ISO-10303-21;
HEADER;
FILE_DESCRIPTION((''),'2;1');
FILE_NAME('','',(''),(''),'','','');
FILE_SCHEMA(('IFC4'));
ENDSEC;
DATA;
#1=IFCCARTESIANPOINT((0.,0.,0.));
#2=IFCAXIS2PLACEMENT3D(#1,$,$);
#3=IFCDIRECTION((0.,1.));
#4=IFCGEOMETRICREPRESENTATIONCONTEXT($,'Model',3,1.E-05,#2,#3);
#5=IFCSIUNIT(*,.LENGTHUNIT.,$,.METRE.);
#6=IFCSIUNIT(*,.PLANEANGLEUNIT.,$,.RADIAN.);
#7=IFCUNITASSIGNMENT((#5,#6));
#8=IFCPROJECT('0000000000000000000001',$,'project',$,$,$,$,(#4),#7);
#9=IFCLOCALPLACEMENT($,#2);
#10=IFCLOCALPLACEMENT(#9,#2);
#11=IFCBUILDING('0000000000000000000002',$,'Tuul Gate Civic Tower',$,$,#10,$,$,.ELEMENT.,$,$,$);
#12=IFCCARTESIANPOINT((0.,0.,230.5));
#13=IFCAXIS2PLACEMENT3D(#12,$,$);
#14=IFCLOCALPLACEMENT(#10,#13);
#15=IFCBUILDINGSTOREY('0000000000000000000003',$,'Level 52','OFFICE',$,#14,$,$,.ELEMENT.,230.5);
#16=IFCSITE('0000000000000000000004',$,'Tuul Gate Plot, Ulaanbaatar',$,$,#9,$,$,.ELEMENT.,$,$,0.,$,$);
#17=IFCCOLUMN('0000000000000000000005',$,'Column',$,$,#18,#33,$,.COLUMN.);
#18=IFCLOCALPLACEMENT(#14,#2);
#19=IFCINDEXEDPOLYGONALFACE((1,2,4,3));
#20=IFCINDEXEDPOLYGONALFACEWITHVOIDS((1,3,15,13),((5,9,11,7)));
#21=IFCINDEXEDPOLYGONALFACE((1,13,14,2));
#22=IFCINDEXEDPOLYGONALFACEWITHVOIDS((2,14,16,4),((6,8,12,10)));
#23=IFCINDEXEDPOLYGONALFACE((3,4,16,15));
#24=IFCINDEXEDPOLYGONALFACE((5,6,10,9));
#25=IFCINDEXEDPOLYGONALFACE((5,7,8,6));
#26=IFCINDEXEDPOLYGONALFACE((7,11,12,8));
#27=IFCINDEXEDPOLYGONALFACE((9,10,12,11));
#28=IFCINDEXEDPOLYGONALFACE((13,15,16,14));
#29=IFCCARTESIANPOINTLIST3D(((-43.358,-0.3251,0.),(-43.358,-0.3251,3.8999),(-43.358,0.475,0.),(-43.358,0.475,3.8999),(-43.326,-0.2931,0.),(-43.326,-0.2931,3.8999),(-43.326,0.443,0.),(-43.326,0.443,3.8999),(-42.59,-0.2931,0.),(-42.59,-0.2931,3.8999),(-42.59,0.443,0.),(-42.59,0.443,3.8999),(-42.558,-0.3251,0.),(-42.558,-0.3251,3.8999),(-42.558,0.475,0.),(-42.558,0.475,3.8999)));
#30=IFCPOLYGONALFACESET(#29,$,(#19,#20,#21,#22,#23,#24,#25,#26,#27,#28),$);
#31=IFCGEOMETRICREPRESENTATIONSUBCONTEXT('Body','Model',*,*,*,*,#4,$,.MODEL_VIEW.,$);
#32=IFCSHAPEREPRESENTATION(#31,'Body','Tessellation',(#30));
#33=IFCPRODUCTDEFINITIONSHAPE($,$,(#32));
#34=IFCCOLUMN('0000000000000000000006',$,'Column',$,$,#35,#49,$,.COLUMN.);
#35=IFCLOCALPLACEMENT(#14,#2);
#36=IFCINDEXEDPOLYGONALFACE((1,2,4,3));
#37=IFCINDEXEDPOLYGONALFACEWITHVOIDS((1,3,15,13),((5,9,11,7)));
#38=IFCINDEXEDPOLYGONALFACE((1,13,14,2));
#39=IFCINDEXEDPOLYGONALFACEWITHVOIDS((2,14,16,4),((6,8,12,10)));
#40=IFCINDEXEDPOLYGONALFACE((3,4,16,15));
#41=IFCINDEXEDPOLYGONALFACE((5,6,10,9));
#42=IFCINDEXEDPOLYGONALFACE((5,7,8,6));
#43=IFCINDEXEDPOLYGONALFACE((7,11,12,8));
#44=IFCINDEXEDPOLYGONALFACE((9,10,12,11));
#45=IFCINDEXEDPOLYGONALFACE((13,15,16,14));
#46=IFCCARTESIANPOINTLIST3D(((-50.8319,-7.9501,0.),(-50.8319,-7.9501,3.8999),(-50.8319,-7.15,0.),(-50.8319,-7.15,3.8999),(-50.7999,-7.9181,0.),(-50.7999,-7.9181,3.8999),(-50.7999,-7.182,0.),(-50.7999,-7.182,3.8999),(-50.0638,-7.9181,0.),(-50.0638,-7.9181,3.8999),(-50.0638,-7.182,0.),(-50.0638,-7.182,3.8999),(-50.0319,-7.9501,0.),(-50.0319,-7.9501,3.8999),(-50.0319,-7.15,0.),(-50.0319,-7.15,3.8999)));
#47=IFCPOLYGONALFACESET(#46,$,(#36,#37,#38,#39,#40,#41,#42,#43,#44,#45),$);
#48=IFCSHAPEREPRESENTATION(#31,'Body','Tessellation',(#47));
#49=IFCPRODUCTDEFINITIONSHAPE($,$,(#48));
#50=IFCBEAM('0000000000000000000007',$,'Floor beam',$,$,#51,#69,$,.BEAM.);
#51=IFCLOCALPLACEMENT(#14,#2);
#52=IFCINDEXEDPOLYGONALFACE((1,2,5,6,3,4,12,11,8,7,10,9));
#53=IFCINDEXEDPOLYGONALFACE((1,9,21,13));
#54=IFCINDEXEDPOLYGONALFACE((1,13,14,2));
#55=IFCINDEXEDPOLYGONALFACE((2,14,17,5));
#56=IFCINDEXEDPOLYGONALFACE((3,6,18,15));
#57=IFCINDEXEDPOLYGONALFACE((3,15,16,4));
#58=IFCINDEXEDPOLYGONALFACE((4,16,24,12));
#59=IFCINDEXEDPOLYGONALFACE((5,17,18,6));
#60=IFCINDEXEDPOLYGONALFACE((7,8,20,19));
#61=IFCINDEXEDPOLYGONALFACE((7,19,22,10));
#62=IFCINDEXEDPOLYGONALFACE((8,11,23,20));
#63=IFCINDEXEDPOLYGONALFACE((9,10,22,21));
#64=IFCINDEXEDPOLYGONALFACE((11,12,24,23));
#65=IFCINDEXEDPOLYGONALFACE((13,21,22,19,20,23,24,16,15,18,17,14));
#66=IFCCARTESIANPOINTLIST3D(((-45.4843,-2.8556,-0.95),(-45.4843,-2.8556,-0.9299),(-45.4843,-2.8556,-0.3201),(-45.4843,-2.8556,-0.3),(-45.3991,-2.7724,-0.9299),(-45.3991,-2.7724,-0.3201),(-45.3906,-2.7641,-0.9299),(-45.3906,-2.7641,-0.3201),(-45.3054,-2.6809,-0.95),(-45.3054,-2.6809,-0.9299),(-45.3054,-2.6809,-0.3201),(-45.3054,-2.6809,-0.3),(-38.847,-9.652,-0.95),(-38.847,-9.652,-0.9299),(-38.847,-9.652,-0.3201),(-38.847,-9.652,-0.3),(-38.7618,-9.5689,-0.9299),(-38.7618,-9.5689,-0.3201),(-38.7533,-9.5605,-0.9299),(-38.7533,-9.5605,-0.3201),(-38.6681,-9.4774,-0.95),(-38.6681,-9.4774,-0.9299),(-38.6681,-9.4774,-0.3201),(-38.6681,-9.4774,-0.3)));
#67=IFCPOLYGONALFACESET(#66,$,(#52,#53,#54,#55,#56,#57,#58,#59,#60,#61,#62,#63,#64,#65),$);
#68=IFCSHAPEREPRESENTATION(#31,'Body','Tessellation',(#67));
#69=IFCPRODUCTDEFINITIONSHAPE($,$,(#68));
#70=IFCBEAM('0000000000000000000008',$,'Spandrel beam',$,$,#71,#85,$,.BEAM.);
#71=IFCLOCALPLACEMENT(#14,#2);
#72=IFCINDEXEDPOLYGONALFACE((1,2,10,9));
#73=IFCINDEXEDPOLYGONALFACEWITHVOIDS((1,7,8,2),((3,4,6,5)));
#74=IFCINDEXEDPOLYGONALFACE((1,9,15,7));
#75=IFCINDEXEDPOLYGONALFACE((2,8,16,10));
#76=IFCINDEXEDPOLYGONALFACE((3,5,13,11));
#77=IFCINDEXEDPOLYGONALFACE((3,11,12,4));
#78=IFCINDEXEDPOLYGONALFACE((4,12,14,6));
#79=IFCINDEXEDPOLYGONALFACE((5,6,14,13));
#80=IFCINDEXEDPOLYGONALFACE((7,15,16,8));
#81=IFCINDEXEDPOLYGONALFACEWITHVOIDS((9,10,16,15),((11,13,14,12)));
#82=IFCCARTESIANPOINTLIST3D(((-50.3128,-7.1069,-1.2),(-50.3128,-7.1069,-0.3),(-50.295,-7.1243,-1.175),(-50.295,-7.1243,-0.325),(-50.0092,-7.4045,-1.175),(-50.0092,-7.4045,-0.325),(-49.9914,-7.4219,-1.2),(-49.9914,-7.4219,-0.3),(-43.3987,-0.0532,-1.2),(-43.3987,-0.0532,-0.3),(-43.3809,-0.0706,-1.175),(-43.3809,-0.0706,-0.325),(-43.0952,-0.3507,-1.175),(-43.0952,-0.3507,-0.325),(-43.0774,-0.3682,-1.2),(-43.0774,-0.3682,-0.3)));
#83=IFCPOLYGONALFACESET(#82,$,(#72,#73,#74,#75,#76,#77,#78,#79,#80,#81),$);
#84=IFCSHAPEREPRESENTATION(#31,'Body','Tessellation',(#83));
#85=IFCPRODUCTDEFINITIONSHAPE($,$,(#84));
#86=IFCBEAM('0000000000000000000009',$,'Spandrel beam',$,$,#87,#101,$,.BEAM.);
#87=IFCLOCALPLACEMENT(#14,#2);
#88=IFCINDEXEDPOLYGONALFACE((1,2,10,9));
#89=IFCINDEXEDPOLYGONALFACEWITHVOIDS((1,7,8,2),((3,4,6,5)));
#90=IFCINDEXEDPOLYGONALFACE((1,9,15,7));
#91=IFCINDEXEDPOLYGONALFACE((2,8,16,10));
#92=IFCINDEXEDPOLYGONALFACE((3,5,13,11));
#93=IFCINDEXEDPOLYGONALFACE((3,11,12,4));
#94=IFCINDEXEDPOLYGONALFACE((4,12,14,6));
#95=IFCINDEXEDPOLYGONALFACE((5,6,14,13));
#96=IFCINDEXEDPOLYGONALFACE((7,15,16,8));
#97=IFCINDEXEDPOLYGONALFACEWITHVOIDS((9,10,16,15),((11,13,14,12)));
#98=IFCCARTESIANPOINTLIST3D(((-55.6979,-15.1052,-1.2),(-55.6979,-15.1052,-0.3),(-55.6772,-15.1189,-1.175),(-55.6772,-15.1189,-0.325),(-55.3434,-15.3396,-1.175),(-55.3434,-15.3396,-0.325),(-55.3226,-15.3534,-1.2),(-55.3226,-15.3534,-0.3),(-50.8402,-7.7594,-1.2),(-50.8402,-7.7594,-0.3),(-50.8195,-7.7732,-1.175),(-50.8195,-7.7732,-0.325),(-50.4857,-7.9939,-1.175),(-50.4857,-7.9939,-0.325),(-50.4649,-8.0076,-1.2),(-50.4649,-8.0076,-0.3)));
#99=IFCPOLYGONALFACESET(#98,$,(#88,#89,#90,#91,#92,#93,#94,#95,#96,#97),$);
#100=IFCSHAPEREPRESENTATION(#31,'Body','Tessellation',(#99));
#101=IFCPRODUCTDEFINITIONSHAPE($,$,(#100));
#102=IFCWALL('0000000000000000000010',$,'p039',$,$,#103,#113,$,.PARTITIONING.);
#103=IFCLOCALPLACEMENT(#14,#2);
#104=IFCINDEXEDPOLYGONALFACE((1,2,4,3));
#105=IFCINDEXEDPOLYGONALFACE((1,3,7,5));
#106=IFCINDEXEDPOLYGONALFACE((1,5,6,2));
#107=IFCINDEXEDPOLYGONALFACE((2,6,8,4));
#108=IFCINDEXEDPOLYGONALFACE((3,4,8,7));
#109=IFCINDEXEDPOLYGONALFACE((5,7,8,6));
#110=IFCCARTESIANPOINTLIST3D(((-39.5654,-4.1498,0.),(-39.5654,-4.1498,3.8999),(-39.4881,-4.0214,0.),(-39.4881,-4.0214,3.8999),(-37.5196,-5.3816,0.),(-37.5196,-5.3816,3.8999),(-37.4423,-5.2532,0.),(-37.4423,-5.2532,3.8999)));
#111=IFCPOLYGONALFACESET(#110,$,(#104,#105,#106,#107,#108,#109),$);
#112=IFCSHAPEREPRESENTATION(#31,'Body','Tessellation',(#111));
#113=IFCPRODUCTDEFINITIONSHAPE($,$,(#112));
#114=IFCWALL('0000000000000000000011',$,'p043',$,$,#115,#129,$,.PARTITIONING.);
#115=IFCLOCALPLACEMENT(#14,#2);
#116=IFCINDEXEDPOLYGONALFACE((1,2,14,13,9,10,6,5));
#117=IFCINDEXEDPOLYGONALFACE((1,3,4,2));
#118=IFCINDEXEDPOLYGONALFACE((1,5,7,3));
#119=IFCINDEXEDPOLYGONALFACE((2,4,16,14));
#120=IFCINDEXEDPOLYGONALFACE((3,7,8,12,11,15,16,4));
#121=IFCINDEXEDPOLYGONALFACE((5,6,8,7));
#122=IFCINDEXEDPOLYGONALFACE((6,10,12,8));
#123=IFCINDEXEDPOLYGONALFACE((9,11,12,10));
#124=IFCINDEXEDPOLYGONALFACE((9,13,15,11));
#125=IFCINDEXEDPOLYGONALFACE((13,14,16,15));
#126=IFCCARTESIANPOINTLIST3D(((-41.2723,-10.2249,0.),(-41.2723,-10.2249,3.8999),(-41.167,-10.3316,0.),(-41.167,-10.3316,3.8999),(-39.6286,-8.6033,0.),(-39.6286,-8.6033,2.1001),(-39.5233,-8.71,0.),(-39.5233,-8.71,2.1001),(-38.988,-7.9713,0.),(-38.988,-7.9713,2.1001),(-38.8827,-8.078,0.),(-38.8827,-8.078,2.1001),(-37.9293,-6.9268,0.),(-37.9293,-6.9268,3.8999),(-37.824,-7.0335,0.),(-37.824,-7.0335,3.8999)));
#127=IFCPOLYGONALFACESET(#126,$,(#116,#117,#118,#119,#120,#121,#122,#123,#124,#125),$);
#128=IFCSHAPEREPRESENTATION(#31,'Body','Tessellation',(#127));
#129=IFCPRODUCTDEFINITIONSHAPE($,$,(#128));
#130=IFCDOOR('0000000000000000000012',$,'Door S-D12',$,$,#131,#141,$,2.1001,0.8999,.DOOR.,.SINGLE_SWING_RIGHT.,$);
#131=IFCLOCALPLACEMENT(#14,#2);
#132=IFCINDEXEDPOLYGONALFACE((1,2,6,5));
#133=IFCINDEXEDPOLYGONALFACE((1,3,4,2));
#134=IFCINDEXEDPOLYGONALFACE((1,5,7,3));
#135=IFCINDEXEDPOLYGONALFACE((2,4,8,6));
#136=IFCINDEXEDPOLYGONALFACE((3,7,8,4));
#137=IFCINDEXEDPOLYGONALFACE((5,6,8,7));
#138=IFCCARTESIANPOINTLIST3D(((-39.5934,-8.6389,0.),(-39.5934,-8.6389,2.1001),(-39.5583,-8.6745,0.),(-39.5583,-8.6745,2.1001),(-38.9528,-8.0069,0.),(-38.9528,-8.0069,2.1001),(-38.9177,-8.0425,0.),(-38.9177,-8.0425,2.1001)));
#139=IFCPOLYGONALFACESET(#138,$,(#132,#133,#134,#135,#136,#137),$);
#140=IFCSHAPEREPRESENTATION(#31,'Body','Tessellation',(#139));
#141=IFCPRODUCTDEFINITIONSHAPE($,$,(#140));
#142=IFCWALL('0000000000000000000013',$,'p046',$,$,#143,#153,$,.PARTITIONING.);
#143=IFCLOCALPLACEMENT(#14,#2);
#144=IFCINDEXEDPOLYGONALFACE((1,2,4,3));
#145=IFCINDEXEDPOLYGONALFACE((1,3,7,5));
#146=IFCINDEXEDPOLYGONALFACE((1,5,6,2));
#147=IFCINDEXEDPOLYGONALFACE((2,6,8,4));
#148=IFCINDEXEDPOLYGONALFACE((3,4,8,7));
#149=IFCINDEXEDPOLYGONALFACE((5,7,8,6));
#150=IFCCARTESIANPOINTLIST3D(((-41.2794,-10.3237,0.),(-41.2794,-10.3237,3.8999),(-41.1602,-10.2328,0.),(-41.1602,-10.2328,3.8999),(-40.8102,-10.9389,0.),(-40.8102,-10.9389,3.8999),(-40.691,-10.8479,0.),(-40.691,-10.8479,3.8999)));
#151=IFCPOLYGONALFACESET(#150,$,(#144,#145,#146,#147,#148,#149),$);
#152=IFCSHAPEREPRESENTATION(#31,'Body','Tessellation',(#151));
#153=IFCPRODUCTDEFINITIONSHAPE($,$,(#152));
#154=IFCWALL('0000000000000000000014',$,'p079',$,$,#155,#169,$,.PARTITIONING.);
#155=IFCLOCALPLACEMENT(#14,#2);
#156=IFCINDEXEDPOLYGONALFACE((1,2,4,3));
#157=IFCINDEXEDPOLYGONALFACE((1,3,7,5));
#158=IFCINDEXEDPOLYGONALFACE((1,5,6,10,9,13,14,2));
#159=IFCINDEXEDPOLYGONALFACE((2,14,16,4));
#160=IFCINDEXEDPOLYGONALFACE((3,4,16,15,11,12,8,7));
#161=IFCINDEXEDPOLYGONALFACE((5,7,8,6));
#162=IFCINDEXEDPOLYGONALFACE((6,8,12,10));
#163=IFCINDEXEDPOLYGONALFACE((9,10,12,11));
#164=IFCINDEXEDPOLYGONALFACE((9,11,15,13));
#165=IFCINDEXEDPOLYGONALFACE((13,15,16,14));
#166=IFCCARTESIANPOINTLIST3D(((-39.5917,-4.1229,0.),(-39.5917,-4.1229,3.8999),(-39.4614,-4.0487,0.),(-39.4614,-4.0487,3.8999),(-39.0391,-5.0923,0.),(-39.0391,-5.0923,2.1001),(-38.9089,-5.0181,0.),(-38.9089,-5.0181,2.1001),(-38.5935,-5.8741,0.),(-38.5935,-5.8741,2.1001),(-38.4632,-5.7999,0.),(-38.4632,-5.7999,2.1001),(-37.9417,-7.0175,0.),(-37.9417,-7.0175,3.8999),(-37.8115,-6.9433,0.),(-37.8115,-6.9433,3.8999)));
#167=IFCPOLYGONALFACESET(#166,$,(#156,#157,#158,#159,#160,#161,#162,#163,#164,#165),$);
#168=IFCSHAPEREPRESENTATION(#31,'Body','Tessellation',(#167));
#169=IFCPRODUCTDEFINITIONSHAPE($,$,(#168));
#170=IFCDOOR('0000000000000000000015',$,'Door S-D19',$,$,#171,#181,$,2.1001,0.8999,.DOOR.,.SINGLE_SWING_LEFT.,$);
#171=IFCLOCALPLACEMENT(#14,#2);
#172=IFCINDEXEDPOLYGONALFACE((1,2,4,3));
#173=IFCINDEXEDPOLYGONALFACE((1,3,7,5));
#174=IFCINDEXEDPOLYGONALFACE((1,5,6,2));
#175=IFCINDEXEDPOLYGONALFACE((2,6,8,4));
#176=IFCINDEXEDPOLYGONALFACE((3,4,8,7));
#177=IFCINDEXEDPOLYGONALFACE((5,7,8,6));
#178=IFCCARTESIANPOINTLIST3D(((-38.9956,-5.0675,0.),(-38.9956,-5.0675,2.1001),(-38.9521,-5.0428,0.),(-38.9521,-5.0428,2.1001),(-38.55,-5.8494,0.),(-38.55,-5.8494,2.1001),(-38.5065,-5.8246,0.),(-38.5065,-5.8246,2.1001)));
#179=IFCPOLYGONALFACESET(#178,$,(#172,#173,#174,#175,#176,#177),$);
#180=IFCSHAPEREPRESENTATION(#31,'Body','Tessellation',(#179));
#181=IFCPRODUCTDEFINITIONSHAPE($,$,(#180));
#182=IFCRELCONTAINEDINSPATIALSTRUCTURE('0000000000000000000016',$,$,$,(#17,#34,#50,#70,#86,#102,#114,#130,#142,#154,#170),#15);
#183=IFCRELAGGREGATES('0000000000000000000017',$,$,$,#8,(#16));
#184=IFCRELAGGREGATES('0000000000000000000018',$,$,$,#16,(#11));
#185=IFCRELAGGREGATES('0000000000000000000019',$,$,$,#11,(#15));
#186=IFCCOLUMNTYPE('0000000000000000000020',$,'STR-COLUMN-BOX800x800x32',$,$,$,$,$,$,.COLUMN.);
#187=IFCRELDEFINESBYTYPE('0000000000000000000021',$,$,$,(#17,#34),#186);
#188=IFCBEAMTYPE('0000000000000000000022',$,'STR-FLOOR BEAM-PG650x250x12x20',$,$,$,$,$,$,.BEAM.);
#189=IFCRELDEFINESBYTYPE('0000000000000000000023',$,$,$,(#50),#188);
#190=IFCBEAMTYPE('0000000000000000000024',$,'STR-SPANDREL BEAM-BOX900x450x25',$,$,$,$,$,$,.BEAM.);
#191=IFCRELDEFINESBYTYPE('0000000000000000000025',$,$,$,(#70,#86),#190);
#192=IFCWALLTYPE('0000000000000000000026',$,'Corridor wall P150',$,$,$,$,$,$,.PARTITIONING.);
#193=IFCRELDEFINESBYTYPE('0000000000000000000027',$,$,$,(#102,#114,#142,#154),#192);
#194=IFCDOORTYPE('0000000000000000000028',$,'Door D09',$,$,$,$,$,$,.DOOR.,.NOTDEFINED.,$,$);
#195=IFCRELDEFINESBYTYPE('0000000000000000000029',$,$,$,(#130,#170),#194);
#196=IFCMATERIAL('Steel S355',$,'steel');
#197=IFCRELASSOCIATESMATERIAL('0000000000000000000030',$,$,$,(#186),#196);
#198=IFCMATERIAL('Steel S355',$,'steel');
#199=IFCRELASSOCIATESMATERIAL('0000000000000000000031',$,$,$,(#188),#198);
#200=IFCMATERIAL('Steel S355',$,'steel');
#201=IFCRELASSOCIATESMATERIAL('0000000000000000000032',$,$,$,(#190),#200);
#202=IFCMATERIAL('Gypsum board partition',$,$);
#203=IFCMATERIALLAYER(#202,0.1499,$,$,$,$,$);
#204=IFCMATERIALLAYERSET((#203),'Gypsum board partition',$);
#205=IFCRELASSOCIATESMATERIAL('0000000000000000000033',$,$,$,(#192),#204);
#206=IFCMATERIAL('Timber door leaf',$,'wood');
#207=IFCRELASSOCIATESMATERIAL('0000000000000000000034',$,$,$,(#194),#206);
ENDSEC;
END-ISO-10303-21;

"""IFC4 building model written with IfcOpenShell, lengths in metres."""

from ifc_helpers import new_model, si_unit, direction, frame, frame_2d, origin, origin_2d, place, context, subcontext, project, spatial, rectangle, hollow_rectangle, i_section, extrude, material, layer, layer_set, material_profile, profile_set, type_object, element, fill, save


model = new_model("IFC4")

# Units and contexts
model_context = context("Model", 3, precision=1e-05, world=origin(), true_north=direction((0.0, 1.0)))
body_context = subcontext(model_context, "Body", "Model", "MODEL_VIEW")
ifc_project = project(units=[si_unit("LENGTHUNIT", "METRE"), si_unit("PLANEANGLEUNIT", "RADIAN")], contexts=[model_context])

# Site, building, storey
site_placement = place(None, origin())
site = spatial("IfcSite", under=ifc_project, at=site_placement, Name="Tuul Gate Plot, Ulaanbaatar", CompositionType="ELEMENT", RefElevation=0.0)
building_placement = place(site_placement, origin())
building = spatial("IfcBuilding", under=site, at=building_placement, Name="Tuul Gate Civic Tower", CompositionType="ELEMENT")
storey_placement = place(building_placement, frame((0.0, 0.0, 230.5)))
storey = spatial("IfcBuildingStorey", under=building, at=storey_placement, Name="Level 52", Description="OFFICE", CompositionType="ELEMENT", Elevation=230.5)

# Columns
ifc_material_1 = material(Name="Steel S355", Category="steel")
ifc_material_profile_1 = material_profile(ifc_material_1, hollow_rectangle(XDim=0.8, YDim=0.8, WallThickness=0.032, at=origin_2d()), Name="BOX800x800x32")
ifc_profile_set_1 = profile_set([ifc_material_profile_1], Name="Steel S355")
column_type = type_object("IfcColumnType", Name="STR-COLUMN-BOX800x800x32", PredefinedType="COLUMN", material=ifc_profile_set_1)
for number, where, z_axis, x_axis, name in (
    (1, (-42.958, 0.075, 0.0), (0.0, 0.0, 1.0), (1.0, 0.0, 0.0), "Column"),
    (2, (-50.4319, -7.55, 0.0), (0.0, 0.0, 1.0), (1.0, 0.0, 0.0), "Column"),
):
    element("IfcColumn", number, at=place(storey_placement, frame(where, z_axis=z_axis, x_axis=x_axis)), inside=storey, type_object=column_type, Name=name, PredefinedType="COLUMN", context=body_context, shape_type="SweptSolid", body=[
        extrude(hollow_rectangle(XDim=0.8, YDim=0.8, WallThickness=0.032, at=origin_2d()), origin(), (0.0, 0.0, 1.0), 3.8999),
    ])

# Beams
ifc_material_2 = material(Name="Steel S355", Category="steel")
ifc_material_profile_2 = material_profile(ifc_material_2, i_section(OverallWidth=0.25, OverallDepth=0.6499, WebThickness=0.012, FlangeThickness=0.02, at=origin_2d()), Name="PG650x250x12x20")
ifc_profile_set_2 = profile_set([ifc_material_profile_2], Name="Steel S355")
beam_type_1 = type_object("IfcBeamType", Name="STR-FLOOR BEAM-PG650x250x12x20", PredefinedType="BEAM", material=ifc_profile_set_2)
beam_1_placement = place(storey_placement, frame((-38.7576, -9.5647, -0.625), z_axis=(-0.698679, 0.715435, 0.0), x_axis=(-0.715435, -0.698679, 0.0)))
element("IfcBeam", 3, at=beam_1_placement, inside=storey, type_object=beam_type_1, Name="Floor beam", PredefinedType="BEAM", context=body_context, shape_type="SweptSolid", body=[
    extrude(i_section(OverallWidth=0.25, OverallDepth=0.6499, WebThickness=0.012, FlangeThickness=0.02, at=origin_2d()), origin(), (0.0, 0.0, 1.0), 9.4998),
])
ifc_material_3 = material(Name="Steel S355", Category="steel")
ifc_material_profile_3 = material_profile(ifc_material_3, hollow_rectangle(XDim=0.45, YDim=0.8999, WallThickness=0.0249, at=origin_2d()), Name="BOX900x450x25")
ifc_profile_set_3 = profile_set([ifc_material_profile_3], Name="Steel S355")
beam_type_2 = type_object("IfcBeamType", Name="STR-SPANDREL BEAM-BOX900x450x25", PredefinedType="BEAM", material=ifc_profile_set_3)
beam_2_placement = place(storey_placement, frame((-43.238, -0.2107, -0.75), z_axis=(-0.700002, -0.714141, 0.0), x_axis=(0.714141, -0.700002, 0.0)))
element("IfcBeam", 4, at=beam_2_placement, inside=storey, type_object=beam_type_2, Name="Spandrel beam", PredefinedType="BEAM", context=body_context, shape_type="SweptSolid", body=[
    extrude(hollow_rectangle(XDim=0.45, YDim=0.8999, WallThickness=0.0249, at=origin_2d()), origin(), (0.0, 0.0, 1.0), 9.8772),
])
beam_3_placement = place(storey_placement, frame((-50.6526, -7.8835, -0.75), z_axis=(-0.551594, -0.834113, 0.0), x_axis=(0.834113, -0.551594, 0.0)))
element("IfcBeam", 5, at=beam_3_placement, inside=storey, type_object=beam_type_2, Name="Spandrel beam", PredefinedType="BEAM", context=body_context, shape_type="SweptSolid", body=[
    extrude(hollow_rectangle(XDim=0.45, YDim=0.8999, WallThickness=0.0249, at=origin_2d()), origin(), (0.0, 0.0, 1.0), 8.8066),
])

# Wall
ifc_material_4 = material(Name="Gypsum board partition")
ifc_layer_1 = layer(ifc_material_4, 0.1499)
ifc_layer_set_1 = layer_set([ifc_layer_1], Name="Gypsum board partition")
wall_type_1 = type_object("IfcWallType", Name="Corridor wall P150", PredefinedType="PARTITIONING", material=ifc_layer_set_1)
wall_1_placement = place(storey_placement, frame((-39.5266, -4.0857, 0.0), z_axis=(0.0, 0.0, 1.0), x_axis=(0.856698, -0.515818, 0.0)))
element("IfcWall", 6, at=wall_1_placement, inside=storey, type_object=wall_type_1, Name="p039", PredefinedType="PARTITIONING", context=body_context, shape_type="SweptSolid", body=[
    extrude(rectangle(XDim=2.3879, YDim=0.1499, at=frame_2d((1.1938, 0.0))), origin(), (0.0, 0.0, 1.0), 3.8999),
])

# Wall, opening, door
wall_2_placement = place(storey_placement, frame((-41.2197, -10.2783, 0.0), z_axis=(0.0, 0.0, 1.0), x_axis=(0.711874, 0.702308, 0.0)))
wall_2 = element("IfcWall", 7, at=wall_2_placement, inside=storey, type_object=wall_type_1, Name="p043", PredefinedType="PARTITIONING", context=body_context, shape_type="SweptSolid", body=[
    extrude(rectangle(XDim=4.696, YDim=0.1499, at=frame_2d((2.3481, 0.0))), origin(), (0.0, 0.0, 1.0), 3.8999),
])
opening_1_placement = place(wall_2_placement, frame((2.3091, 0.0, 0.0)))
opening_1 = element("IfcOpeningElement", 8, at=opening_1_placement, cuts=wall_2, PredefinedType="OPENING", context=body_context, shape_type="SweptSolid", body=[
    extrude(rectangle(XDim=0.8999, YDim=2.1001, at=frame_2d((0.45, 1.05))), frame((0.0, 0.085, 0.0), z_axis=(0.0, -1.0, 0.0), x_axis=(1.0, 0.0, 0.0)), (0.0, 0.0, 1.0), 0.1699),
])
ifc_material_5 = material(Name="Timber door leaf", Category="wood")
door_type_1 = type_object("IfcDoorType", Name="Door D09", OperationType="NOTDEFINED", PredefinedType="DOOR", material=ifc_material_5)
door_1_placement = place(opening_1_placement, origin())
door_1 = element("IfcDoor", 9, at=door_1_placement, inside=storey, type_object=door_type_1, Name="Door S-D12", OperationType="SINGLE_SWING_RIGHT", OverallHeight=2.1001, OverallWidth=0.8999, PredefinedType="DOOR", context=body_context, shape_type="SweptSolid", body=[
    extrude(rectangle(XDim=0.8999, YDim=2.1001, at=frame_2d((0.45, 1.05))), frame((0.0, 0.0249, 0.0), z_axis=(0.0, -1.0, 0.0), x_axis=(1.0, 0.0, 0.0)), (0.0, 0.0, 1.0), 0.05),
])
fill(opening_1, door_1)

# Wall
wall_3_placement = place(storey_placement, frame((-41.2197, -10.2783, 0.0), z_axis=(0.0, 0.0, 1.0), x_axis=(0.606442, -0.795127, 0.0)))
element("IfcWall", 10, at=wall_3_placement, inside=storey, type_object=wall_type_1, Name="p046", PredefinedType="PARTITIONING", context=body_context, shape_type="SweptSolid", body=[
    extrude(rectangle(XDim=0.7737, YDim=0.1499, at=frame_2d((0.3867, 0.0))), origin(), (0.0, 0.0, 1.0), 3.8999),
])

# Wall, opening, door
wall_4_placement = place(storey_placement, frame((-39.5266, -4.0857, 0.0), z_axis=(0.0, 0.0, 1.0), x_axis=(0.495207, -0.868775, 0.0)))
wall_4 = element("IfcWall", 11, at=wall_4_placement, inside=storey, type_object=wall_type_1, Name="p079", PredefinedType="PARTITIONING", context=body_context, shape_type="SweptSolid", body=[
    extrude(rectangle(XDim=3.3318, YDim=0.1499, at=frame_2d((1.666, 0.0))), origin(), (0.0, 0.0, 1.0), 3.8999),
])
opening_2_placement = place(wall_4_placement, frame((1.116, 0.0, 0.0)))
opening_2 = element("IfcOpeningElement", 12, at=opening_2_placement, cuts=wall_4, PredefinedType="OPENING", context=body_context, shape_type="SweptSolid", body=[
    extrude(rectangle(XDim=0.8999, YDim=2.1001, at=frame_2d((0.45, 1.05))), frame((0.0, 0.085, 0.0), z_axis=(0.0, -1.0, 0.0), x_axis=(1.0, 0.0, 0.0)), (0.0, 0.0, 1.0), 0.1699),
])
door_2_placement = place(opening_2_placement, frame((0.8999, 0.0, 0.0), z_axis=(0.0, 0.0, 1.0), x_axis=(-1.0, 0.0, 0.0)))
door_2 = element("IfcDoor", 13, at=door_2_placement, inside=storey, type_object=door_type_1, Name="Door S-D19", OperationType="SINGLE_SWING_LEFT", OverallHeight=2.1001, OverallWidth=0.8999, PredefinedType="DOOR", context=body_context, shape_type="SweptSolid", body=[
    extrude(rectangle(XDim=0.8999, YDim=2.1001, at=frame_2d((0.45, 1.05))), frame((0.0, 0.0249, 0.0), z_axis=(0.0, -1.0, 0.0), x_axis=(1.0, 0.0, 0.0)), (0.0, 0.0, 1.0), 0.05),
])
fill(opening_2, door_2)

save(model, "model.ifc")
